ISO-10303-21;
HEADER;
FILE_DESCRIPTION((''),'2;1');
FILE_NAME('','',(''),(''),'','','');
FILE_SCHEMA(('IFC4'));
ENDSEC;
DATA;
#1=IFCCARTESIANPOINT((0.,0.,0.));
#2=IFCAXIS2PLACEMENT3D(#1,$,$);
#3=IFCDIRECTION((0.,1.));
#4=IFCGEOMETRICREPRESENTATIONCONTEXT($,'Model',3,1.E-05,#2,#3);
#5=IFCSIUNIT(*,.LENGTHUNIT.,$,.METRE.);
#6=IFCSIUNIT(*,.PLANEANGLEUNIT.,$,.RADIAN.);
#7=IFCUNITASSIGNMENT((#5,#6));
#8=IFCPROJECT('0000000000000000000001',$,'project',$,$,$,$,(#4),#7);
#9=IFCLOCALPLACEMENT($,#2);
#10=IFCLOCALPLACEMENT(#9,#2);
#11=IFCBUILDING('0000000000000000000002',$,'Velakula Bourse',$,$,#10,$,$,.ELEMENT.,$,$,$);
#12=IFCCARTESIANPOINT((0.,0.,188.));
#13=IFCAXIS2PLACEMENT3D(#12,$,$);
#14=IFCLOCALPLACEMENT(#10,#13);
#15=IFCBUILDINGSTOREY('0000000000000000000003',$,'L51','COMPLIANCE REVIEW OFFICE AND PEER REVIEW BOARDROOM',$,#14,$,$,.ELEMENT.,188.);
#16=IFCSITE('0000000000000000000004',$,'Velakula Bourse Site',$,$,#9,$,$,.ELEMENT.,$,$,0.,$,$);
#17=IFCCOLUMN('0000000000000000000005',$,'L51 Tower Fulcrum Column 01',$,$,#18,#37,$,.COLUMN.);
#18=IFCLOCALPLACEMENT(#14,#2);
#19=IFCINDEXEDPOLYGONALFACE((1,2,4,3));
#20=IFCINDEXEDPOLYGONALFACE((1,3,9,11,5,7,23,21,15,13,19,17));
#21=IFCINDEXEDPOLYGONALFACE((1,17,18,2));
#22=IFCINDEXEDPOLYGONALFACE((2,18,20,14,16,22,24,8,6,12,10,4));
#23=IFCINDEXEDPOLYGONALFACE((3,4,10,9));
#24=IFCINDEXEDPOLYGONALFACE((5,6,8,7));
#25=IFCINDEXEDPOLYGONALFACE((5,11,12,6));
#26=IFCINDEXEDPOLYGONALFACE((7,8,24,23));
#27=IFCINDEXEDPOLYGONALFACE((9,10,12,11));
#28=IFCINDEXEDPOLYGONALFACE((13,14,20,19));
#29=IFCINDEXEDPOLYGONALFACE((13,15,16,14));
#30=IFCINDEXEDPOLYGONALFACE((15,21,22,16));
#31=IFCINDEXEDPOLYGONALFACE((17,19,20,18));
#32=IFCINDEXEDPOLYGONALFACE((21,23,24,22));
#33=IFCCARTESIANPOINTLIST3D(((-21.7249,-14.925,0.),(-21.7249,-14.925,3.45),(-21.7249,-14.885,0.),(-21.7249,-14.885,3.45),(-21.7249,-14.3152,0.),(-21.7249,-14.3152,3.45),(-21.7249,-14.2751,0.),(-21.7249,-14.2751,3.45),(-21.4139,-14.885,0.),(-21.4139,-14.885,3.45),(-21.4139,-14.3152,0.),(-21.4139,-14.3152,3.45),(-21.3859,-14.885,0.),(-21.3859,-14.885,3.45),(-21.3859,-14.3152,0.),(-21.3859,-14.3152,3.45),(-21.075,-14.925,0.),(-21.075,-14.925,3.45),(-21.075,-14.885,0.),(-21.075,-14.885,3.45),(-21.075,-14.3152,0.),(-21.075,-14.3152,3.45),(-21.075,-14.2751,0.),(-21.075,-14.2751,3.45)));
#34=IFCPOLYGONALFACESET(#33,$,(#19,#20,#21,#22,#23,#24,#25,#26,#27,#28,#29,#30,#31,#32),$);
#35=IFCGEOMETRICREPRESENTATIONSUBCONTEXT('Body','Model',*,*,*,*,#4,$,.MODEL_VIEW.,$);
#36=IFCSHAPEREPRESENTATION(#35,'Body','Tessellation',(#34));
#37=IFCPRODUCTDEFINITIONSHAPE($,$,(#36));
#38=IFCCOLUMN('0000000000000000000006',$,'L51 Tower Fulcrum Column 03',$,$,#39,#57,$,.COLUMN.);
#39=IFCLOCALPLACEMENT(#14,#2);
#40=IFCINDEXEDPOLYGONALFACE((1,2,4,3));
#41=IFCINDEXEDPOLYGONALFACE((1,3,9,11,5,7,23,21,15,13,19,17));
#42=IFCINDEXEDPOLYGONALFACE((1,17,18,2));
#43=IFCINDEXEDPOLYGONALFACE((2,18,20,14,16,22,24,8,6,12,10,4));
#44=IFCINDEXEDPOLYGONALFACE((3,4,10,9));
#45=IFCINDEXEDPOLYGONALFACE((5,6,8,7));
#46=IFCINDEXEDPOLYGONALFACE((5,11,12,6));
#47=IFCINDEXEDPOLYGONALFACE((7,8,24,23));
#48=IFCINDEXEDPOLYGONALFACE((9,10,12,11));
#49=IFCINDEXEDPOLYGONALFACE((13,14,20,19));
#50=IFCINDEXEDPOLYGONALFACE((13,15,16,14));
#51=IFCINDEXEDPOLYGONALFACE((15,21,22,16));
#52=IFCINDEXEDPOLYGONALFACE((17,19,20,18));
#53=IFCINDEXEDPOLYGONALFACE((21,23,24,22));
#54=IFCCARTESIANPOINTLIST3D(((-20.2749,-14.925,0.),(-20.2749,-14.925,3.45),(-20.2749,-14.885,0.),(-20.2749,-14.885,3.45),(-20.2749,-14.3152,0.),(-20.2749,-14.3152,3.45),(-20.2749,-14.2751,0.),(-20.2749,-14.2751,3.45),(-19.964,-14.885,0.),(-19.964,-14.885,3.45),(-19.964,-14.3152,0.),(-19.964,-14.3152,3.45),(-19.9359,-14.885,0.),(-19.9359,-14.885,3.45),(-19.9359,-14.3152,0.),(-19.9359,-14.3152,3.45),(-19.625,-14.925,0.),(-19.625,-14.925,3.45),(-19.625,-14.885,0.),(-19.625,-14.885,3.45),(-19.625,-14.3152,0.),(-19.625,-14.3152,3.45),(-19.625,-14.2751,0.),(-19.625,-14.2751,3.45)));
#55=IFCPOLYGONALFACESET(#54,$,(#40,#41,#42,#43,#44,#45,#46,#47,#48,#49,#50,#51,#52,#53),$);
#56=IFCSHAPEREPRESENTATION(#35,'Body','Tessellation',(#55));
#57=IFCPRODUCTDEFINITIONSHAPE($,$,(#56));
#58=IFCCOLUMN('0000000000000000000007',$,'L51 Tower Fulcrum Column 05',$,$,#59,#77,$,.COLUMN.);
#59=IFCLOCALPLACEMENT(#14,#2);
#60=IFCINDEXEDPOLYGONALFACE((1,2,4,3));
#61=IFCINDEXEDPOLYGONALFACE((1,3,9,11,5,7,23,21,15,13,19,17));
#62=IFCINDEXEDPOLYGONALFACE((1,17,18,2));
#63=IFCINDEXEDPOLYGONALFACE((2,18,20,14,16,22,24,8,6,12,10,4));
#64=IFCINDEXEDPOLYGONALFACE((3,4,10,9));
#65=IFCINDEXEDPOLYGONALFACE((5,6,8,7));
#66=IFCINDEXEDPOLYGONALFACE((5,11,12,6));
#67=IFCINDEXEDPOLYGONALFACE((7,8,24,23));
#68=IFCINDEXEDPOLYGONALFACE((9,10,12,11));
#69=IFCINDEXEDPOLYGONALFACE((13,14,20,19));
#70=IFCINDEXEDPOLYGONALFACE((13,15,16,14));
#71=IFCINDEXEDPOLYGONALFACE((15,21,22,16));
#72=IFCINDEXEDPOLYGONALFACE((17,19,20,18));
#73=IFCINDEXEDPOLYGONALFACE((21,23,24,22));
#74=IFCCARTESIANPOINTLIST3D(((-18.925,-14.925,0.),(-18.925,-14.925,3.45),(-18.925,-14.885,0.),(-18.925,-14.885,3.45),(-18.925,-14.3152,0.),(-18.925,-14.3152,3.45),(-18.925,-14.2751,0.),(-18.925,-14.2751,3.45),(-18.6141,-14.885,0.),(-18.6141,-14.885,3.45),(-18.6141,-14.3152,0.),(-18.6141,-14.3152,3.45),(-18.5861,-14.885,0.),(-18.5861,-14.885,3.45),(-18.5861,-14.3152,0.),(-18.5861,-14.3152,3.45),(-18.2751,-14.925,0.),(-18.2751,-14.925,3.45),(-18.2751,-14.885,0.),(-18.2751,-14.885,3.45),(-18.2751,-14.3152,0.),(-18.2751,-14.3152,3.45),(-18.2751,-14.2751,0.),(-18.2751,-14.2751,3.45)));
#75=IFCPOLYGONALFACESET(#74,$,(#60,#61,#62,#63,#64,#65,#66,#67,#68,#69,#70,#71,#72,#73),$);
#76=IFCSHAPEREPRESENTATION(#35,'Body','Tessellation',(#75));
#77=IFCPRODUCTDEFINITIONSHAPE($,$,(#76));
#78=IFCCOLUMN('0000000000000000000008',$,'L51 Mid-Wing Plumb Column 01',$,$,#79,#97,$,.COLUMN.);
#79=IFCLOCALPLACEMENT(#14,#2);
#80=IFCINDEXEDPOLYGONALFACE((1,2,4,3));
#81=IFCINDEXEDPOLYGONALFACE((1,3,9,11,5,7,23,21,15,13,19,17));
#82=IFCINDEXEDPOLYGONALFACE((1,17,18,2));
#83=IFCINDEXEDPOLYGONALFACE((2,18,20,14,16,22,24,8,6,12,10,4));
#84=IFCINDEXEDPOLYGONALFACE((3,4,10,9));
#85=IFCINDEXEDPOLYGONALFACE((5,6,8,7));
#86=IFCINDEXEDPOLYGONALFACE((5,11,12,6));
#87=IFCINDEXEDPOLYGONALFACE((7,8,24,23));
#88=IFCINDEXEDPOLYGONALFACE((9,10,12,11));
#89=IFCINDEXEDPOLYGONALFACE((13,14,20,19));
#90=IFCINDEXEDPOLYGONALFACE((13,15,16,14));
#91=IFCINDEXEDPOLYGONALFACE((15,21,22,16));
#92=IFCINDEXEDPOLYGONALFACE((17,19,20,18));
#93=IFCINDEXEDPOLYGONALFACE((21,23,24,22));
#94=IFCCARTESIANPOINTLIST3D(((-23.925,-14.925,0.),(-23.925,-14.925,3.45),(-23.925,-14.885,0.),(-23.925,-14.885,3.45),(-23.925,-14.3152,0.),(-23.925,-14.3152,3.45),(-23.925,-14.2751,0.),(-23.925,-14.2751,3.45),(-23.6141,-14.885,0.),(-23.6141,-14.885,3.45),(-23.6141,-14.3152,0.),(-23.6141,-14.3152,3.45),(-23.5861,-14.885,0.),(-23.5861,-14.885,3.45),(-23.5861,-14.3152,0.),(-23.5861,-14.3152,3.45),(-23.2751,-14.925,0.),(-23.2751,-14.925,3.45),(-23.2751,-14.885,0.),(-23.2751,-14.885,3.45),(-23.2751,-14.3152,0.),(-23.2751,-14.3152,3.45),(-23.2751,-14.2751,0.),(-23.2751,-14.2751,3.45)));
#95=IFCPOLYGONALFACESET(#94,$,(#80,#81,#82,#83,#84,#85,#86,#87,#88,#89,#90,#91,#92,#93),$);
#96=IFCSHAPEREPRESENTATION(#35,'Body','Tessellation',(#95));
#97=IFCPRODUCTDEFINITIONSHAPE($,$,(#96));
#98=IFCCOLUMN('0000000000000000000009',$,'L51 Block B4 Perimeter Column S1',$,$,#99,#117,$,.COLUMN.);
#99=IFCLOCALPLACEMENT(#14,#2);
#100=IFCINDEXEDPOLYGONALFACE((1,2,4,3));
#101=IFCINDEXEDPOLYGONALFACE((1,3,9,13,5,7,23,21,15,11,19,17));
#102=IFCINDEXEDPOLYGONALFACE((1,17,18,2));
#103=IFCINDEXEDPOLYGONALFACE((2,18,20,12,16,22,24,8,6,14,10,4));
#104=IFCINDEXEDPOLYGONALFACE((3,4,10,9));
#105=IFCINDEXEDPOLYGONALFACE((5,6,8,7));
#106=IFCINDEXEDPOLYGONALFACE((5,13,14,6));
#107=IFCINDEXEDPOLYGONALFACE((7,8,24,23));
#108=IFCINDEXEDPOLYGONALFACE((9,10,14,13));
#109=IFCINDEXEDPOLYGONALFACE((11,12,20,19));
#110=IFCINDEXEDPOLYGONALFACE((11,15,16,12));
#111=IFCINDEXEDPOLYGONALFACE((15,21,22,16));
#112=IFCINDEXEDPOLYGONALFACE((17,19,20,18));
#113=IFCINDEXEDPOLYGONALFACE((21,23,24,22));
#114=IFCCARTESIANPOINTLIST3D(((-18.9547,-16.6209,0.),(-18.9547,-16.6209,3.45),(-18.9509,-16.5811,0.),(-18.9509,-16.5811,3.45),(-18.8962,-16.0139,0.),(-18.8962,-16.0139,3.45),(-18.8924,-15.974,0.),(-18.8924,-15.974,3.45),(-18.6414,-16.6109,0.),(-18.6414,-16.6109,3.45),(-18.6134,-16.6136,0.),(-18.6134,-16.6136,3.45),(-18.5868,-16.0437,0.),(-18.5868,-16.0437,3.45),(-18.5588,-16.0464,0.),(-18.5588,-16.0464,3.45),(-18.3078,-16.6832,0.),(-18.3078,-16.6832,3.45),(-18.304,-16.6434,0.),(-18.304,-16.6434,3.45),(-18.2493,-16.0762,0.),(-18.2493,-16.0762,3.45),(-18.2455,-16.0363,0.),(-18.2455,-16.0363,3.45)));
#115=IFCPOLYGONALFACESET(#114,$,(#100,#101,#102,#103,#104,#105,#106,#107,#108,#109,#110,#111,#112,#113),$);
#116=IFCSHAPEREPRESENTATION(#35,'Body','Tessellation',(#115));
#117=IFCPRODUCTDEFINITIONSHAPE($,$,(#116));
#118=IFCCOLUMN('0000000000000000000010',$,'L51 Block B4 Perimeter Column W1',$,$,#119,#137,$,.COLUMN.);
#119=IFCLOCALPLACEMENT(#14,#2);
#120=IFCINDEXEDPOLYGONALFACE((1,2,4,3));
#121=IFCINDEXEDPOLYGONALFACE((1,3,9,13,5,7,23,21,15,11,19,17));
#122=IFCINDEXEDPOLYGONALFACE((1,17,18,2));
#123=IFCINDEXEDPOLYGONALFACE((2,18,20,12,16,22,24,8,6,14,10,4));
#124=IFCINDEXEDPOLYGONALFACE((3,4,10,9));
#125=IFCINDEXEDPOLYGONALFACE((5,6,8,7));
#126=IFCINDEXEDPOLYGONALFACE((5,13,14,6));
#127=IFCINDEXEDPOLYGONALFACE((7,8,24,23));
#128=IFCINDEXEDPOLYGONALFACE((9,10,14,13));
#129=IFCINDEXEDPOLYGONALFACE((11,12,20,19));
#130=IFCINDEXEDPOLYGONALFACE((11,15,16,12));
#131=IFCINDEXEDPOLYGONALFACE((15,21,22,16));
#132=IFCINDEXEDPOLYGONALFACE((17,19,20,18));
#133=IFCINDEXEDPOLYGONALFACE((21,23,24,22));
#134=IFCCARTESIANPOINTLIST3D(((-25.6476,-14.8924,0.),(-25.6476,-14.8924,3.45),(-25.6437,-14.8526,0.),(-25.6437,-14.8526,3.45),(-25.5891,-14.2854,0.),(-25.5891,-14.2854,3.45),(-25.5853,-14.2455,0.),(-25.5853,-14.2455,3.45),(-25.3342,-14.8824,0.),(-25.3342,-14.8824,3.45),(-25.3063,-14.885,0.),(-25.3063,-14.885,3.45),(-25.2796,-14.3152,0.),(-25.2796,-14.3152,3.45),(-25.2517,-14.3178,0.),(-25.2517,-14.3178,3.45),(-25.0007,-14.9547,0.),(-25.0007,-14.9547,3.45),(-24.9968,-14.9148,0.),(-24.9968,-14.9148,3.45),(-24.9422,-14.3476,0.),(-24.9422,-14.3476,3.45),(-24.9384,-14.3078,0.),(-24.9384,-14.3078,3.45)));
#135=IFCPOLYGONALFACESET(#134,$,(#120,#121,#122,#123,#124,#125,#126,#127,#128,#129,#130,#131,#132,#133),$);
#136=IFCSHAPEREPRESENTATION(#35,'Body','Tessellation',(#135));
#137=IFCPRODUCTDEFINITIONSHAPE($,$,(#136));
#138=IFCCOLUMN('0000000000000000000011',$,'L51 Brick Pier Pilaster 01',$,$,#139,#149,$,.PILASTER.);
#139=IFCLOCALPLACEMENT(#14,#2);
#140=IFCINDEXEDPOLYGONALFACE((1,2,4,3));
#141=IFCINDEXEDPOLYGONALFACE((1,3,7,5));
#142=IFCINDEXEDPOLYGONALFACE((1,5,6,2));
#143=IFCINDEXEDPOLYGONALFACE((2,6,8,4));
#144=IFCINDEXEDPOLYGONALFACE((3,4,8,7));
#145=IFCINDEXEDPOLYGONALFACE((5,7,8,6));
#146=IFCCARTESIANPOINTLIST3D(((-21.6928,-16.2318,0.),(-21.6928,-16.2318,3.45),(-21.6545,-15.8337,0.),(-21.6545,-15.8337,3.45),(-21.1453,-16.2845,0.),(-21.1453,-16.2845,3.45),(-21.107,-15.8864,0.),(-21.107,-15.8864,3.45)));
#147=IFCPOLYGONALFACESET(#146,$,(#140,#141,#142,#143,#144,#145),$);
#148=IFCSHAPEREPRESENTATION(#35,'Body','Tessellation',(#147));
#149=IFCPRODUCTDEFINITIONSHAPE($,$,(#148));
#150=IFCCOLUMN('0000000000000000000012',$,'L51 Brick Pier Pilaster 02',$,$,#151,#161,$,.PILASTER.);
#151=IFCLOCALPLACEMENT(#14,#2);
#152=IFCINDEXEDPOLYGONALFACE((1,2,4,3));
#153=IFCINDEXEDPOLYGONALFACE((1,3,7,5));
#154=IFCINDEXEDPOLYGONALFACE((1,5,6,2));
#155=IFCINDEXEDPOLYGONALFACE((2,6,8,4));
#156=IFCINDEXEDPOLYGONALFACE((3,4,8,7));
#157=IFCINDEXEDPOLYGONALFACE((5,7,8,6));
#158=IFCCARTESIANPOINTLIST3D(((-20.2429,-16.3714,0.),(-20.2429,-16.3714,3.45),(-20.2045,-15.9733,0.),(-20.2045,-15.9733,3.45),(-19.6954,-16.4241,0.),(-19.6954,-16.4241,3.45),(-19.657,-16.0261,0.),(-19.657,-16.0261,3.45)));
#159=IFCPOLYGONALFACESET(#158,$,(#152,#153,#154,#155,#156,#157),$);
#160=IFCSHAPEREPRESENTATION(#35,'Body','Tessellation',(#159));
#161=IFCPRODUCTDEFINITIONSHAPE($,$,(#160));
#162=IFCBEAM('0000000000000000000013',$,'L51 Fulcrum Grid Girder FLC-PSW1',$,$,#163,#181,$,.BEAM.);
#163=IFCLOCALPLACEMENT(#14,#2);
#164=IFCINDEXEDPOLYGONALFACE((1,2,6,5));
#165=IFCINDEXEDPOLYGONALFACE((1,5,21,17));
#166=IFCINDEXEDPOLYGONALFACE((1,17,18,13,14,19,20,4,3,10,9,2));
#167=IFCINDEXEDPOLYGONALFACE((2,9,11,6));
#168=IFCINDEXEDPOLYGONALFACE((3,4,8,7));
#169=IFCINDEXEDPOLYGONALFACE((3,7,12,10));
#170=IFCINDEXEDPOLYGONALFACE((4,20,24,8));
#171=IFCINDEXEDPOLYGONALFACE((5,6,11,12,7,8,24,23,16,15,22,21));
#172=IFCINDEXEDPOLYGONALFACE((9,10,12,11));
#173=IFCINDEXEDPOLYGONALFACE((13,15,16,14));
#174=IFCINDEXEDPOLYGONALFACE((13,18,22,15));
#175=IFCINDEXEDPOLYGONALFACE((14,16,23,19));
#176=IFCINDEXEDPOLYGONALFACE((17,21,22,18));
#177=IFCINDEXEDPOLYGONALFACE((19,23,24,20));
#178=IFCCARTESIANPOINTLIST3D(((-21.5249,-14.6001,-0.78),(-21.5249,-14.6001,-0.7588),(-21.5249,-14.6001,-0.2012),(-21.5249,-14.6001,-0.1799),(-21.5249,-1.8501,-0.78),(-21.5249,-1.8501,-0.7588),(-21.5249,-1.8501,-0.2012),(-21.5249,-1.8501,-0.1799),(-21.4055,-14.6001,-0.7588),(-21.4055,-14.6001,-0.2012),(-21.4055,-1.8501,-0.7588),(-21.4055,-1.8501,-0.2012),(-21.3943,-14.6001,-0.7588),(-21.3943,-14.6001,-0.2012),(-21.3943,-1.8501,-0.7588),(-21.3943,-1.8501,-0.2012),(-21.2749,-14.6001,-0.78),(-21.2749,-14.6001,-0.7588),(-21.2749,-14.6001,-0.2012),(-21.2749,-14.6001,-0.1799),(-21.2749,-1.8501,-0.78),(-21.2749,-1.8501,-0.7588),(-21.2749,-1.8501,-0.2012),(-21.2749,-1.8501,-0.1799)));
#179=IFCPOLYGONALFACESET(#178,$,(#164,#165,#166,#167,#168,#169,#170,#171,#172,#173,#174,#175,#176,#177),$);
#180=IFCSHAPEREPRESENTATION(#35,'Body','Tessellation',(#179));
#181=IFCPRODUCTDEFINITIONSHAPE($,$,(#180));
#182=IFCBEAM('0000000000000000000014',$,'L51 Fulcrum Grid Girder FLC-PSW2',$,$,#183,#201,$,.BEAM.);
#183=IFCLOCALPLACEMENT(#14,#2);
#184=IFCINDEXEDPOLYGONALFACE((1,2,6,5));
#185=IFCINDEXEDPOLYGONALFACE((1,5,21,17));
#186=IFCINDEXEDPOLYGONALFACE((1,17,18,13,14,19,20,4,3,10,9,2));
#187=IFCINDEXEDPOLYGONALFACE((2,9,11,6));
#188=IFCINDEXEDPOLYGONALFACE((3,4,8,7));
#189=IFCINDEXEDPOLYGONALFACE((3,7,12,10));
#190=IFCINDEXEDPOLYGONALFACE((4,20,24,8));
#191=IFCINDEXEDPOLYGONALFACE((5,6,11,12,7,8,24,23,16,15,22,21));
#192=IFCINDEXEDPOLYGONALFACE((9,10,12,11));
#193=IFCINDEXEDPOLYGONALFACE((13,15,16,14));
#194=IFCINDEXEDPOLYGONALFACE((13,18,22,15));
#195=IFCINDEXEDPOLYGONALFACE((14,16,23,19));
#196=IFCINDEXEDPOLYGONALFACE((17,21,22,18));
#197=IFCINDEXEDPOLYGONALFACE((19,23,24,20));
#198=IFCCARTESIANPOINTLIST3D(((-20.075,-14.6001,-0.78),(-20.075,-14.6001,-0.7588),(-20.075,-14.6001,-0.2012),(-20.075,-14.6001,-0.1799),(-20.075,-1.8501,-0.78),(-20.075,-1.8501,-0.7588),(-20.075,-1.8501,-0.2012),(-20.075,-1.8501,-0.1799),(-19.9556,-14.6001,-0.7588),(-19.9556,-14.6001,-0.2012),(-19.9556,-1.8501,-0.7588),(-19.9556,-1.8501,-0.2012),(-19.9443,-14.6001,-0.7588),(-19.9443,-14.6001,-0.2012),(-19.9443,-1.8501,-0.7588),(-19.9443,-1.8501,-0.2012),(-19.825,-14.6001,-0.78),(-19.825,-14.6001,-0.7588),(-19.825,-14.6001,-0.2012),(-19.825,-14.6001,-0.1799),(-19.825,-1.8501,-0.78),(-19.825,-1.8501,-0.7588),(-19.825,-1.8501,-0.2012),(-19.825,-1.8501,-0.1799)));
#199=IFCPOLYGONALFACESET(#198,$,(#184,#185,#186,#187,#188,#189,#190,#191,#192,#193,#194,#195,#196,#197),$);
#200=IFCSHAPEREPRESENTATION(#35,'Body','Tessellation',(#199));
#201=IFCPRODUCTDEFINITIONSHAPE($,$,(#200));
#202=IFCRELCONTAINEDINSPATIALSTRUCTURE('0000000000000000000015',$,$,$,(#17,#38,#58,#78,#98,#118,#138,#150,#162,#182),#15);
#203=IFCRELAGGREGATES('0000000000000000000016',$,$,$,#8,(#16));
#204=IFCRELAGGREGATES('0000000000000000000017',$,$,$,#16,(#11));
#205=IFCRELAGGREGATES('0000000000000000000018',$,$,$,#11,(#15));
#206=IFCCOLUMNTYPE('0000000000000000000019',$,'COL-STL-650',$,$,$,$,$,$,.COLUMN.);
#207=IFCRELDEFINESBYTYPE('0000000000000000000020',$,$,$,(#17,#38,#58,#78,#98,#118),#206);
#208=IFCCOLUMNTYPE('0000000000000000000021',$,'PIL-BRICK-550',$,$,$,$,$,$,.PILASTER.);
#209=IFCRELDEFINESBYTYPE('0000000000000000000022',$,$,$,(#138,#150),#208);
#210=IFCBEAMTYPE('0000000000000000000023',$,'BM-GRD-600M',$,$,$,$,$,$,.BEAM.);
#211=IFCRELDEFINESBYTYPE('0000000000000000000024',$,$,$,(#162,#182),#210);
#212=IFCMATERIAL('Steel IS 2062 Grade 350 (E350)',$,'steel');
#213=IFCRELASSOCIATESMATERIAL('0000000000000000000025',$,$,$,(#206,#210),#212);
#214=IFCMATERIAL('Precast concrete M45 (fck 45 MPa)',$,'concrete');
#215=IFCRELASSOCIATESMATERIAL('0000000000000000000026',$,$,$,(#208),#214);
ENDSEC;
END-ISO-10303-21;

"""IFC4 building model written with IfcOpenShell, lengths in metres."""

from ifc_helpers import new_model, si_unit, direction, frame, origin, origin_2d, place, context, subcontext, project, spatial, rectangle, i_section, extrude, material, material_profile, profile_set, type_object, element, save


model = new_model("IFC4")

# Units and contexts
model_context = context("Model", 3, precision=1e-05, world=origin(), true_north=direction((0.0, 1.0)))
body_context = subcontext(model_context, "Body", "Model", "MODEL_VIEW")
ifc_project = project(units=[si_unit("LENGTHUNIT", "METRE"), si_unit("PLANEANGLEUNIT", "RADIAN")], contexts=[model_context])

# Site, building, storey
site_placement = place(None, origin())
site = spatial("IfcSite", under=ifc_project, at=site_placement, Name="Velakula Bourse Site", CompositionType="ELEMENT", RefElevation=0.0)
building_placement = place(site_placement, origin())
building = spatial("IfcBuilding", under=site, at=building_placement, Name="Velakula Bourse", CompositionType="ELEMENT")
storey_placement = place(building_placement, frame((0.0, 0.0, 188.0)))
storey = spatial("IfcBuildingStorey", under=building, at=storey_placement, Name="L51", Description="COMPLIANCE REVIEW OFFICE AND PEER REVIEW BOARDROOM", CompositionType="ELEMENT", Elevation=188.0)

# Columns
ifc_material_1 = material(Name="Steel IS 2062 Grade 350 (E350)", Category="steel")
ifc_material_profile_1 = material_profile(ifc_material_1, i_section(OverallWidth=0.6499, OverallDepth=0.6499, WebThickness=0.0281, FlangeThickness=0.04, at=origin_2d()), Name="Steel IS 2062 Grade 350 (E350)")
ifc_profile_set_1 = profile_set([ifc_material_profile_1], Name="Steel IS 2062 Grade 350 (E350)")
column_type_1 = type_object("IfcColumnType", Name="COL-STL-650", PredefinedType="COLUMN", material=ifc_profile_set_1)
for number, where, z_axis, x_axis, name in (
    (1, (-21.3999, -14.6001, 0.0), (0.0, 0.0, 1.0), (1.0, 0.0, 0.0), "L51 Tower Fulcrum Column 01"),
    (2, (-19.95, -14.6001, 0.0), (0.0, 0.0, 1.0), (1.0, 0.0, 0.0), "L51 Tower Fulcrum Column 03"),
    (3, (-18.6001, -14.6001, 0.0), (0.0, 0.0, 1.0), (1.0, 0.0, 0.0), "L51 Tower Fulcrum Column 05"),
    (4, (-23.6001, -14.6001, 0.0), (0.0, 0.0, 1.0), (1.0, 0.0, 0.0), "L51 Mid-Wing Plumb Column 01"),
    (5, (-18.6001, -16.3286, 0.0), (0.0, 0.0, 1.0), (0.995396, -0.095846, 0.0), "L51 Block B4 Perimeter Column S1"),
    (6, (-25.293, -14.6001, 0.0), (0.0, 0.0, 1.0), (0.995396, -0.095846, 0.0), "L51 Block B4 Perimeter Column W1"),
):
    element("IfcColumn", number, at=place(storey_placement, frame(where, z_axis=z_axis, x_axis=x_axis)), inside=storey, type_object=column_type_1, Name=name, PredefinedType="COLUMN", context=body_context, shape_type="SweptSolid", body=[
        extrude(i_section(OverallWidth=0.6499, OverallDepth=0.6499, WebThickness=0.0281, FlangeThickness=0.04, at=origin_2d()), origin(), (0.0, 0.0, 1.0), 3.45),
    ])
ifc_material_2 = material(Name="Precast concrete M45 (fck 45 MPa)", Category="concrete")
ifc_material_profile_2 = material_profile(ifc_material_2, rectangle(XDim=0.55, YDim=0.3999, at=origin_2d()), Name="Precast concrete M45 (fck 45 MPa)")
ifc_profile_set_2 = profile_set([ifc_material_profile_2], Name="Precast concrete M45 (fck 45 MPa)")
column_type_2 = type_object("IfcColumnType", Name="PIL-BRICK-550", PredefinedType="PILASTER", material=ifc_profile_set_2)
for number, where, z_axis, x_axis, name in (
    (7, (-21.3999, -16.0591, 0.0), (0.0, 0.0, 1.0), (0.995396, -0.095846, 0.0), "L51 Brick Pier Pilaster 01"),
    (8, (-19.95, -16.1987, 0.0), (0.0, 0.0, 1.0), (0.995396, -0.095846, 0.0), "L51 Brick Pier Pilaster 02"),
):
    element("IfcColumn", number, at=place(storey_placement, frame(where, z_axis=z_axis, x_axis=x_axis)), inside=storey, type_object=column_type_2, Name=name, PredefinedType="PILASTER", context=body_context, shape_type="SweptSolid", body=[
        extrude(rectangle(XDim=0.55, YDim=0.3999, at=origin_2d()), origin(), (0.0, 0.0, 1.0), 3.45),
    ])

# Beams
ifc_material_profile_3 = material_profile(ifc_material_1, i_section(OverallWidth=0.25, OverallDepth=0.6001, WebThickness=0.0112, FlangeThickness=0.0212, at=origin_2d()), Name="Steel IS 2062 Grade 350 (E350)")
ifc_profile_set_3 = profile_set([ifc_material_profile_3], Name="Steel IS 2062 Grade 350 (E350)")
beam_type_1 = type_object("IfcBeamType", Name="BM-GRD-600M", PredefinedType="BEAM", material=ifc_profile_set_3)
for number, where, z_axis, x_axis, name in (
    (9, (-21.3999, -14.6001, -0.48), (0.0, 1.0, 0.0), (-1.0, 0.0, 0.0), "L51 Fulcrum Grid Girder FLC-PSW1"),
    (10, (-19.95, -14.6001, -0.48), (0.0, 1.0, 0.0), (-1.0, 0.0, 0.0), "L51 Fulcrum Grid Girder FLC-PSW2"),
):
    element("IfcBeam", number, at=place(storey_placement, frame(where, z_axis=z_axis, x_axis=x_axis)), inside=storey, type_object=beam_type_1, Name=name, PredefinedType="BEAM", context=body_context, shape_type="SweptSolid", body=[
        extrude(i_section(OverallWidth=0.25, OverallDepth=0.6001, WebThickness=0.0112, FlangeThickness=0.0212, at=origin_2d()), origin(), (0.0, 0.0, 1.0), 12.75),
    ])

save(model, "model.ifc")
